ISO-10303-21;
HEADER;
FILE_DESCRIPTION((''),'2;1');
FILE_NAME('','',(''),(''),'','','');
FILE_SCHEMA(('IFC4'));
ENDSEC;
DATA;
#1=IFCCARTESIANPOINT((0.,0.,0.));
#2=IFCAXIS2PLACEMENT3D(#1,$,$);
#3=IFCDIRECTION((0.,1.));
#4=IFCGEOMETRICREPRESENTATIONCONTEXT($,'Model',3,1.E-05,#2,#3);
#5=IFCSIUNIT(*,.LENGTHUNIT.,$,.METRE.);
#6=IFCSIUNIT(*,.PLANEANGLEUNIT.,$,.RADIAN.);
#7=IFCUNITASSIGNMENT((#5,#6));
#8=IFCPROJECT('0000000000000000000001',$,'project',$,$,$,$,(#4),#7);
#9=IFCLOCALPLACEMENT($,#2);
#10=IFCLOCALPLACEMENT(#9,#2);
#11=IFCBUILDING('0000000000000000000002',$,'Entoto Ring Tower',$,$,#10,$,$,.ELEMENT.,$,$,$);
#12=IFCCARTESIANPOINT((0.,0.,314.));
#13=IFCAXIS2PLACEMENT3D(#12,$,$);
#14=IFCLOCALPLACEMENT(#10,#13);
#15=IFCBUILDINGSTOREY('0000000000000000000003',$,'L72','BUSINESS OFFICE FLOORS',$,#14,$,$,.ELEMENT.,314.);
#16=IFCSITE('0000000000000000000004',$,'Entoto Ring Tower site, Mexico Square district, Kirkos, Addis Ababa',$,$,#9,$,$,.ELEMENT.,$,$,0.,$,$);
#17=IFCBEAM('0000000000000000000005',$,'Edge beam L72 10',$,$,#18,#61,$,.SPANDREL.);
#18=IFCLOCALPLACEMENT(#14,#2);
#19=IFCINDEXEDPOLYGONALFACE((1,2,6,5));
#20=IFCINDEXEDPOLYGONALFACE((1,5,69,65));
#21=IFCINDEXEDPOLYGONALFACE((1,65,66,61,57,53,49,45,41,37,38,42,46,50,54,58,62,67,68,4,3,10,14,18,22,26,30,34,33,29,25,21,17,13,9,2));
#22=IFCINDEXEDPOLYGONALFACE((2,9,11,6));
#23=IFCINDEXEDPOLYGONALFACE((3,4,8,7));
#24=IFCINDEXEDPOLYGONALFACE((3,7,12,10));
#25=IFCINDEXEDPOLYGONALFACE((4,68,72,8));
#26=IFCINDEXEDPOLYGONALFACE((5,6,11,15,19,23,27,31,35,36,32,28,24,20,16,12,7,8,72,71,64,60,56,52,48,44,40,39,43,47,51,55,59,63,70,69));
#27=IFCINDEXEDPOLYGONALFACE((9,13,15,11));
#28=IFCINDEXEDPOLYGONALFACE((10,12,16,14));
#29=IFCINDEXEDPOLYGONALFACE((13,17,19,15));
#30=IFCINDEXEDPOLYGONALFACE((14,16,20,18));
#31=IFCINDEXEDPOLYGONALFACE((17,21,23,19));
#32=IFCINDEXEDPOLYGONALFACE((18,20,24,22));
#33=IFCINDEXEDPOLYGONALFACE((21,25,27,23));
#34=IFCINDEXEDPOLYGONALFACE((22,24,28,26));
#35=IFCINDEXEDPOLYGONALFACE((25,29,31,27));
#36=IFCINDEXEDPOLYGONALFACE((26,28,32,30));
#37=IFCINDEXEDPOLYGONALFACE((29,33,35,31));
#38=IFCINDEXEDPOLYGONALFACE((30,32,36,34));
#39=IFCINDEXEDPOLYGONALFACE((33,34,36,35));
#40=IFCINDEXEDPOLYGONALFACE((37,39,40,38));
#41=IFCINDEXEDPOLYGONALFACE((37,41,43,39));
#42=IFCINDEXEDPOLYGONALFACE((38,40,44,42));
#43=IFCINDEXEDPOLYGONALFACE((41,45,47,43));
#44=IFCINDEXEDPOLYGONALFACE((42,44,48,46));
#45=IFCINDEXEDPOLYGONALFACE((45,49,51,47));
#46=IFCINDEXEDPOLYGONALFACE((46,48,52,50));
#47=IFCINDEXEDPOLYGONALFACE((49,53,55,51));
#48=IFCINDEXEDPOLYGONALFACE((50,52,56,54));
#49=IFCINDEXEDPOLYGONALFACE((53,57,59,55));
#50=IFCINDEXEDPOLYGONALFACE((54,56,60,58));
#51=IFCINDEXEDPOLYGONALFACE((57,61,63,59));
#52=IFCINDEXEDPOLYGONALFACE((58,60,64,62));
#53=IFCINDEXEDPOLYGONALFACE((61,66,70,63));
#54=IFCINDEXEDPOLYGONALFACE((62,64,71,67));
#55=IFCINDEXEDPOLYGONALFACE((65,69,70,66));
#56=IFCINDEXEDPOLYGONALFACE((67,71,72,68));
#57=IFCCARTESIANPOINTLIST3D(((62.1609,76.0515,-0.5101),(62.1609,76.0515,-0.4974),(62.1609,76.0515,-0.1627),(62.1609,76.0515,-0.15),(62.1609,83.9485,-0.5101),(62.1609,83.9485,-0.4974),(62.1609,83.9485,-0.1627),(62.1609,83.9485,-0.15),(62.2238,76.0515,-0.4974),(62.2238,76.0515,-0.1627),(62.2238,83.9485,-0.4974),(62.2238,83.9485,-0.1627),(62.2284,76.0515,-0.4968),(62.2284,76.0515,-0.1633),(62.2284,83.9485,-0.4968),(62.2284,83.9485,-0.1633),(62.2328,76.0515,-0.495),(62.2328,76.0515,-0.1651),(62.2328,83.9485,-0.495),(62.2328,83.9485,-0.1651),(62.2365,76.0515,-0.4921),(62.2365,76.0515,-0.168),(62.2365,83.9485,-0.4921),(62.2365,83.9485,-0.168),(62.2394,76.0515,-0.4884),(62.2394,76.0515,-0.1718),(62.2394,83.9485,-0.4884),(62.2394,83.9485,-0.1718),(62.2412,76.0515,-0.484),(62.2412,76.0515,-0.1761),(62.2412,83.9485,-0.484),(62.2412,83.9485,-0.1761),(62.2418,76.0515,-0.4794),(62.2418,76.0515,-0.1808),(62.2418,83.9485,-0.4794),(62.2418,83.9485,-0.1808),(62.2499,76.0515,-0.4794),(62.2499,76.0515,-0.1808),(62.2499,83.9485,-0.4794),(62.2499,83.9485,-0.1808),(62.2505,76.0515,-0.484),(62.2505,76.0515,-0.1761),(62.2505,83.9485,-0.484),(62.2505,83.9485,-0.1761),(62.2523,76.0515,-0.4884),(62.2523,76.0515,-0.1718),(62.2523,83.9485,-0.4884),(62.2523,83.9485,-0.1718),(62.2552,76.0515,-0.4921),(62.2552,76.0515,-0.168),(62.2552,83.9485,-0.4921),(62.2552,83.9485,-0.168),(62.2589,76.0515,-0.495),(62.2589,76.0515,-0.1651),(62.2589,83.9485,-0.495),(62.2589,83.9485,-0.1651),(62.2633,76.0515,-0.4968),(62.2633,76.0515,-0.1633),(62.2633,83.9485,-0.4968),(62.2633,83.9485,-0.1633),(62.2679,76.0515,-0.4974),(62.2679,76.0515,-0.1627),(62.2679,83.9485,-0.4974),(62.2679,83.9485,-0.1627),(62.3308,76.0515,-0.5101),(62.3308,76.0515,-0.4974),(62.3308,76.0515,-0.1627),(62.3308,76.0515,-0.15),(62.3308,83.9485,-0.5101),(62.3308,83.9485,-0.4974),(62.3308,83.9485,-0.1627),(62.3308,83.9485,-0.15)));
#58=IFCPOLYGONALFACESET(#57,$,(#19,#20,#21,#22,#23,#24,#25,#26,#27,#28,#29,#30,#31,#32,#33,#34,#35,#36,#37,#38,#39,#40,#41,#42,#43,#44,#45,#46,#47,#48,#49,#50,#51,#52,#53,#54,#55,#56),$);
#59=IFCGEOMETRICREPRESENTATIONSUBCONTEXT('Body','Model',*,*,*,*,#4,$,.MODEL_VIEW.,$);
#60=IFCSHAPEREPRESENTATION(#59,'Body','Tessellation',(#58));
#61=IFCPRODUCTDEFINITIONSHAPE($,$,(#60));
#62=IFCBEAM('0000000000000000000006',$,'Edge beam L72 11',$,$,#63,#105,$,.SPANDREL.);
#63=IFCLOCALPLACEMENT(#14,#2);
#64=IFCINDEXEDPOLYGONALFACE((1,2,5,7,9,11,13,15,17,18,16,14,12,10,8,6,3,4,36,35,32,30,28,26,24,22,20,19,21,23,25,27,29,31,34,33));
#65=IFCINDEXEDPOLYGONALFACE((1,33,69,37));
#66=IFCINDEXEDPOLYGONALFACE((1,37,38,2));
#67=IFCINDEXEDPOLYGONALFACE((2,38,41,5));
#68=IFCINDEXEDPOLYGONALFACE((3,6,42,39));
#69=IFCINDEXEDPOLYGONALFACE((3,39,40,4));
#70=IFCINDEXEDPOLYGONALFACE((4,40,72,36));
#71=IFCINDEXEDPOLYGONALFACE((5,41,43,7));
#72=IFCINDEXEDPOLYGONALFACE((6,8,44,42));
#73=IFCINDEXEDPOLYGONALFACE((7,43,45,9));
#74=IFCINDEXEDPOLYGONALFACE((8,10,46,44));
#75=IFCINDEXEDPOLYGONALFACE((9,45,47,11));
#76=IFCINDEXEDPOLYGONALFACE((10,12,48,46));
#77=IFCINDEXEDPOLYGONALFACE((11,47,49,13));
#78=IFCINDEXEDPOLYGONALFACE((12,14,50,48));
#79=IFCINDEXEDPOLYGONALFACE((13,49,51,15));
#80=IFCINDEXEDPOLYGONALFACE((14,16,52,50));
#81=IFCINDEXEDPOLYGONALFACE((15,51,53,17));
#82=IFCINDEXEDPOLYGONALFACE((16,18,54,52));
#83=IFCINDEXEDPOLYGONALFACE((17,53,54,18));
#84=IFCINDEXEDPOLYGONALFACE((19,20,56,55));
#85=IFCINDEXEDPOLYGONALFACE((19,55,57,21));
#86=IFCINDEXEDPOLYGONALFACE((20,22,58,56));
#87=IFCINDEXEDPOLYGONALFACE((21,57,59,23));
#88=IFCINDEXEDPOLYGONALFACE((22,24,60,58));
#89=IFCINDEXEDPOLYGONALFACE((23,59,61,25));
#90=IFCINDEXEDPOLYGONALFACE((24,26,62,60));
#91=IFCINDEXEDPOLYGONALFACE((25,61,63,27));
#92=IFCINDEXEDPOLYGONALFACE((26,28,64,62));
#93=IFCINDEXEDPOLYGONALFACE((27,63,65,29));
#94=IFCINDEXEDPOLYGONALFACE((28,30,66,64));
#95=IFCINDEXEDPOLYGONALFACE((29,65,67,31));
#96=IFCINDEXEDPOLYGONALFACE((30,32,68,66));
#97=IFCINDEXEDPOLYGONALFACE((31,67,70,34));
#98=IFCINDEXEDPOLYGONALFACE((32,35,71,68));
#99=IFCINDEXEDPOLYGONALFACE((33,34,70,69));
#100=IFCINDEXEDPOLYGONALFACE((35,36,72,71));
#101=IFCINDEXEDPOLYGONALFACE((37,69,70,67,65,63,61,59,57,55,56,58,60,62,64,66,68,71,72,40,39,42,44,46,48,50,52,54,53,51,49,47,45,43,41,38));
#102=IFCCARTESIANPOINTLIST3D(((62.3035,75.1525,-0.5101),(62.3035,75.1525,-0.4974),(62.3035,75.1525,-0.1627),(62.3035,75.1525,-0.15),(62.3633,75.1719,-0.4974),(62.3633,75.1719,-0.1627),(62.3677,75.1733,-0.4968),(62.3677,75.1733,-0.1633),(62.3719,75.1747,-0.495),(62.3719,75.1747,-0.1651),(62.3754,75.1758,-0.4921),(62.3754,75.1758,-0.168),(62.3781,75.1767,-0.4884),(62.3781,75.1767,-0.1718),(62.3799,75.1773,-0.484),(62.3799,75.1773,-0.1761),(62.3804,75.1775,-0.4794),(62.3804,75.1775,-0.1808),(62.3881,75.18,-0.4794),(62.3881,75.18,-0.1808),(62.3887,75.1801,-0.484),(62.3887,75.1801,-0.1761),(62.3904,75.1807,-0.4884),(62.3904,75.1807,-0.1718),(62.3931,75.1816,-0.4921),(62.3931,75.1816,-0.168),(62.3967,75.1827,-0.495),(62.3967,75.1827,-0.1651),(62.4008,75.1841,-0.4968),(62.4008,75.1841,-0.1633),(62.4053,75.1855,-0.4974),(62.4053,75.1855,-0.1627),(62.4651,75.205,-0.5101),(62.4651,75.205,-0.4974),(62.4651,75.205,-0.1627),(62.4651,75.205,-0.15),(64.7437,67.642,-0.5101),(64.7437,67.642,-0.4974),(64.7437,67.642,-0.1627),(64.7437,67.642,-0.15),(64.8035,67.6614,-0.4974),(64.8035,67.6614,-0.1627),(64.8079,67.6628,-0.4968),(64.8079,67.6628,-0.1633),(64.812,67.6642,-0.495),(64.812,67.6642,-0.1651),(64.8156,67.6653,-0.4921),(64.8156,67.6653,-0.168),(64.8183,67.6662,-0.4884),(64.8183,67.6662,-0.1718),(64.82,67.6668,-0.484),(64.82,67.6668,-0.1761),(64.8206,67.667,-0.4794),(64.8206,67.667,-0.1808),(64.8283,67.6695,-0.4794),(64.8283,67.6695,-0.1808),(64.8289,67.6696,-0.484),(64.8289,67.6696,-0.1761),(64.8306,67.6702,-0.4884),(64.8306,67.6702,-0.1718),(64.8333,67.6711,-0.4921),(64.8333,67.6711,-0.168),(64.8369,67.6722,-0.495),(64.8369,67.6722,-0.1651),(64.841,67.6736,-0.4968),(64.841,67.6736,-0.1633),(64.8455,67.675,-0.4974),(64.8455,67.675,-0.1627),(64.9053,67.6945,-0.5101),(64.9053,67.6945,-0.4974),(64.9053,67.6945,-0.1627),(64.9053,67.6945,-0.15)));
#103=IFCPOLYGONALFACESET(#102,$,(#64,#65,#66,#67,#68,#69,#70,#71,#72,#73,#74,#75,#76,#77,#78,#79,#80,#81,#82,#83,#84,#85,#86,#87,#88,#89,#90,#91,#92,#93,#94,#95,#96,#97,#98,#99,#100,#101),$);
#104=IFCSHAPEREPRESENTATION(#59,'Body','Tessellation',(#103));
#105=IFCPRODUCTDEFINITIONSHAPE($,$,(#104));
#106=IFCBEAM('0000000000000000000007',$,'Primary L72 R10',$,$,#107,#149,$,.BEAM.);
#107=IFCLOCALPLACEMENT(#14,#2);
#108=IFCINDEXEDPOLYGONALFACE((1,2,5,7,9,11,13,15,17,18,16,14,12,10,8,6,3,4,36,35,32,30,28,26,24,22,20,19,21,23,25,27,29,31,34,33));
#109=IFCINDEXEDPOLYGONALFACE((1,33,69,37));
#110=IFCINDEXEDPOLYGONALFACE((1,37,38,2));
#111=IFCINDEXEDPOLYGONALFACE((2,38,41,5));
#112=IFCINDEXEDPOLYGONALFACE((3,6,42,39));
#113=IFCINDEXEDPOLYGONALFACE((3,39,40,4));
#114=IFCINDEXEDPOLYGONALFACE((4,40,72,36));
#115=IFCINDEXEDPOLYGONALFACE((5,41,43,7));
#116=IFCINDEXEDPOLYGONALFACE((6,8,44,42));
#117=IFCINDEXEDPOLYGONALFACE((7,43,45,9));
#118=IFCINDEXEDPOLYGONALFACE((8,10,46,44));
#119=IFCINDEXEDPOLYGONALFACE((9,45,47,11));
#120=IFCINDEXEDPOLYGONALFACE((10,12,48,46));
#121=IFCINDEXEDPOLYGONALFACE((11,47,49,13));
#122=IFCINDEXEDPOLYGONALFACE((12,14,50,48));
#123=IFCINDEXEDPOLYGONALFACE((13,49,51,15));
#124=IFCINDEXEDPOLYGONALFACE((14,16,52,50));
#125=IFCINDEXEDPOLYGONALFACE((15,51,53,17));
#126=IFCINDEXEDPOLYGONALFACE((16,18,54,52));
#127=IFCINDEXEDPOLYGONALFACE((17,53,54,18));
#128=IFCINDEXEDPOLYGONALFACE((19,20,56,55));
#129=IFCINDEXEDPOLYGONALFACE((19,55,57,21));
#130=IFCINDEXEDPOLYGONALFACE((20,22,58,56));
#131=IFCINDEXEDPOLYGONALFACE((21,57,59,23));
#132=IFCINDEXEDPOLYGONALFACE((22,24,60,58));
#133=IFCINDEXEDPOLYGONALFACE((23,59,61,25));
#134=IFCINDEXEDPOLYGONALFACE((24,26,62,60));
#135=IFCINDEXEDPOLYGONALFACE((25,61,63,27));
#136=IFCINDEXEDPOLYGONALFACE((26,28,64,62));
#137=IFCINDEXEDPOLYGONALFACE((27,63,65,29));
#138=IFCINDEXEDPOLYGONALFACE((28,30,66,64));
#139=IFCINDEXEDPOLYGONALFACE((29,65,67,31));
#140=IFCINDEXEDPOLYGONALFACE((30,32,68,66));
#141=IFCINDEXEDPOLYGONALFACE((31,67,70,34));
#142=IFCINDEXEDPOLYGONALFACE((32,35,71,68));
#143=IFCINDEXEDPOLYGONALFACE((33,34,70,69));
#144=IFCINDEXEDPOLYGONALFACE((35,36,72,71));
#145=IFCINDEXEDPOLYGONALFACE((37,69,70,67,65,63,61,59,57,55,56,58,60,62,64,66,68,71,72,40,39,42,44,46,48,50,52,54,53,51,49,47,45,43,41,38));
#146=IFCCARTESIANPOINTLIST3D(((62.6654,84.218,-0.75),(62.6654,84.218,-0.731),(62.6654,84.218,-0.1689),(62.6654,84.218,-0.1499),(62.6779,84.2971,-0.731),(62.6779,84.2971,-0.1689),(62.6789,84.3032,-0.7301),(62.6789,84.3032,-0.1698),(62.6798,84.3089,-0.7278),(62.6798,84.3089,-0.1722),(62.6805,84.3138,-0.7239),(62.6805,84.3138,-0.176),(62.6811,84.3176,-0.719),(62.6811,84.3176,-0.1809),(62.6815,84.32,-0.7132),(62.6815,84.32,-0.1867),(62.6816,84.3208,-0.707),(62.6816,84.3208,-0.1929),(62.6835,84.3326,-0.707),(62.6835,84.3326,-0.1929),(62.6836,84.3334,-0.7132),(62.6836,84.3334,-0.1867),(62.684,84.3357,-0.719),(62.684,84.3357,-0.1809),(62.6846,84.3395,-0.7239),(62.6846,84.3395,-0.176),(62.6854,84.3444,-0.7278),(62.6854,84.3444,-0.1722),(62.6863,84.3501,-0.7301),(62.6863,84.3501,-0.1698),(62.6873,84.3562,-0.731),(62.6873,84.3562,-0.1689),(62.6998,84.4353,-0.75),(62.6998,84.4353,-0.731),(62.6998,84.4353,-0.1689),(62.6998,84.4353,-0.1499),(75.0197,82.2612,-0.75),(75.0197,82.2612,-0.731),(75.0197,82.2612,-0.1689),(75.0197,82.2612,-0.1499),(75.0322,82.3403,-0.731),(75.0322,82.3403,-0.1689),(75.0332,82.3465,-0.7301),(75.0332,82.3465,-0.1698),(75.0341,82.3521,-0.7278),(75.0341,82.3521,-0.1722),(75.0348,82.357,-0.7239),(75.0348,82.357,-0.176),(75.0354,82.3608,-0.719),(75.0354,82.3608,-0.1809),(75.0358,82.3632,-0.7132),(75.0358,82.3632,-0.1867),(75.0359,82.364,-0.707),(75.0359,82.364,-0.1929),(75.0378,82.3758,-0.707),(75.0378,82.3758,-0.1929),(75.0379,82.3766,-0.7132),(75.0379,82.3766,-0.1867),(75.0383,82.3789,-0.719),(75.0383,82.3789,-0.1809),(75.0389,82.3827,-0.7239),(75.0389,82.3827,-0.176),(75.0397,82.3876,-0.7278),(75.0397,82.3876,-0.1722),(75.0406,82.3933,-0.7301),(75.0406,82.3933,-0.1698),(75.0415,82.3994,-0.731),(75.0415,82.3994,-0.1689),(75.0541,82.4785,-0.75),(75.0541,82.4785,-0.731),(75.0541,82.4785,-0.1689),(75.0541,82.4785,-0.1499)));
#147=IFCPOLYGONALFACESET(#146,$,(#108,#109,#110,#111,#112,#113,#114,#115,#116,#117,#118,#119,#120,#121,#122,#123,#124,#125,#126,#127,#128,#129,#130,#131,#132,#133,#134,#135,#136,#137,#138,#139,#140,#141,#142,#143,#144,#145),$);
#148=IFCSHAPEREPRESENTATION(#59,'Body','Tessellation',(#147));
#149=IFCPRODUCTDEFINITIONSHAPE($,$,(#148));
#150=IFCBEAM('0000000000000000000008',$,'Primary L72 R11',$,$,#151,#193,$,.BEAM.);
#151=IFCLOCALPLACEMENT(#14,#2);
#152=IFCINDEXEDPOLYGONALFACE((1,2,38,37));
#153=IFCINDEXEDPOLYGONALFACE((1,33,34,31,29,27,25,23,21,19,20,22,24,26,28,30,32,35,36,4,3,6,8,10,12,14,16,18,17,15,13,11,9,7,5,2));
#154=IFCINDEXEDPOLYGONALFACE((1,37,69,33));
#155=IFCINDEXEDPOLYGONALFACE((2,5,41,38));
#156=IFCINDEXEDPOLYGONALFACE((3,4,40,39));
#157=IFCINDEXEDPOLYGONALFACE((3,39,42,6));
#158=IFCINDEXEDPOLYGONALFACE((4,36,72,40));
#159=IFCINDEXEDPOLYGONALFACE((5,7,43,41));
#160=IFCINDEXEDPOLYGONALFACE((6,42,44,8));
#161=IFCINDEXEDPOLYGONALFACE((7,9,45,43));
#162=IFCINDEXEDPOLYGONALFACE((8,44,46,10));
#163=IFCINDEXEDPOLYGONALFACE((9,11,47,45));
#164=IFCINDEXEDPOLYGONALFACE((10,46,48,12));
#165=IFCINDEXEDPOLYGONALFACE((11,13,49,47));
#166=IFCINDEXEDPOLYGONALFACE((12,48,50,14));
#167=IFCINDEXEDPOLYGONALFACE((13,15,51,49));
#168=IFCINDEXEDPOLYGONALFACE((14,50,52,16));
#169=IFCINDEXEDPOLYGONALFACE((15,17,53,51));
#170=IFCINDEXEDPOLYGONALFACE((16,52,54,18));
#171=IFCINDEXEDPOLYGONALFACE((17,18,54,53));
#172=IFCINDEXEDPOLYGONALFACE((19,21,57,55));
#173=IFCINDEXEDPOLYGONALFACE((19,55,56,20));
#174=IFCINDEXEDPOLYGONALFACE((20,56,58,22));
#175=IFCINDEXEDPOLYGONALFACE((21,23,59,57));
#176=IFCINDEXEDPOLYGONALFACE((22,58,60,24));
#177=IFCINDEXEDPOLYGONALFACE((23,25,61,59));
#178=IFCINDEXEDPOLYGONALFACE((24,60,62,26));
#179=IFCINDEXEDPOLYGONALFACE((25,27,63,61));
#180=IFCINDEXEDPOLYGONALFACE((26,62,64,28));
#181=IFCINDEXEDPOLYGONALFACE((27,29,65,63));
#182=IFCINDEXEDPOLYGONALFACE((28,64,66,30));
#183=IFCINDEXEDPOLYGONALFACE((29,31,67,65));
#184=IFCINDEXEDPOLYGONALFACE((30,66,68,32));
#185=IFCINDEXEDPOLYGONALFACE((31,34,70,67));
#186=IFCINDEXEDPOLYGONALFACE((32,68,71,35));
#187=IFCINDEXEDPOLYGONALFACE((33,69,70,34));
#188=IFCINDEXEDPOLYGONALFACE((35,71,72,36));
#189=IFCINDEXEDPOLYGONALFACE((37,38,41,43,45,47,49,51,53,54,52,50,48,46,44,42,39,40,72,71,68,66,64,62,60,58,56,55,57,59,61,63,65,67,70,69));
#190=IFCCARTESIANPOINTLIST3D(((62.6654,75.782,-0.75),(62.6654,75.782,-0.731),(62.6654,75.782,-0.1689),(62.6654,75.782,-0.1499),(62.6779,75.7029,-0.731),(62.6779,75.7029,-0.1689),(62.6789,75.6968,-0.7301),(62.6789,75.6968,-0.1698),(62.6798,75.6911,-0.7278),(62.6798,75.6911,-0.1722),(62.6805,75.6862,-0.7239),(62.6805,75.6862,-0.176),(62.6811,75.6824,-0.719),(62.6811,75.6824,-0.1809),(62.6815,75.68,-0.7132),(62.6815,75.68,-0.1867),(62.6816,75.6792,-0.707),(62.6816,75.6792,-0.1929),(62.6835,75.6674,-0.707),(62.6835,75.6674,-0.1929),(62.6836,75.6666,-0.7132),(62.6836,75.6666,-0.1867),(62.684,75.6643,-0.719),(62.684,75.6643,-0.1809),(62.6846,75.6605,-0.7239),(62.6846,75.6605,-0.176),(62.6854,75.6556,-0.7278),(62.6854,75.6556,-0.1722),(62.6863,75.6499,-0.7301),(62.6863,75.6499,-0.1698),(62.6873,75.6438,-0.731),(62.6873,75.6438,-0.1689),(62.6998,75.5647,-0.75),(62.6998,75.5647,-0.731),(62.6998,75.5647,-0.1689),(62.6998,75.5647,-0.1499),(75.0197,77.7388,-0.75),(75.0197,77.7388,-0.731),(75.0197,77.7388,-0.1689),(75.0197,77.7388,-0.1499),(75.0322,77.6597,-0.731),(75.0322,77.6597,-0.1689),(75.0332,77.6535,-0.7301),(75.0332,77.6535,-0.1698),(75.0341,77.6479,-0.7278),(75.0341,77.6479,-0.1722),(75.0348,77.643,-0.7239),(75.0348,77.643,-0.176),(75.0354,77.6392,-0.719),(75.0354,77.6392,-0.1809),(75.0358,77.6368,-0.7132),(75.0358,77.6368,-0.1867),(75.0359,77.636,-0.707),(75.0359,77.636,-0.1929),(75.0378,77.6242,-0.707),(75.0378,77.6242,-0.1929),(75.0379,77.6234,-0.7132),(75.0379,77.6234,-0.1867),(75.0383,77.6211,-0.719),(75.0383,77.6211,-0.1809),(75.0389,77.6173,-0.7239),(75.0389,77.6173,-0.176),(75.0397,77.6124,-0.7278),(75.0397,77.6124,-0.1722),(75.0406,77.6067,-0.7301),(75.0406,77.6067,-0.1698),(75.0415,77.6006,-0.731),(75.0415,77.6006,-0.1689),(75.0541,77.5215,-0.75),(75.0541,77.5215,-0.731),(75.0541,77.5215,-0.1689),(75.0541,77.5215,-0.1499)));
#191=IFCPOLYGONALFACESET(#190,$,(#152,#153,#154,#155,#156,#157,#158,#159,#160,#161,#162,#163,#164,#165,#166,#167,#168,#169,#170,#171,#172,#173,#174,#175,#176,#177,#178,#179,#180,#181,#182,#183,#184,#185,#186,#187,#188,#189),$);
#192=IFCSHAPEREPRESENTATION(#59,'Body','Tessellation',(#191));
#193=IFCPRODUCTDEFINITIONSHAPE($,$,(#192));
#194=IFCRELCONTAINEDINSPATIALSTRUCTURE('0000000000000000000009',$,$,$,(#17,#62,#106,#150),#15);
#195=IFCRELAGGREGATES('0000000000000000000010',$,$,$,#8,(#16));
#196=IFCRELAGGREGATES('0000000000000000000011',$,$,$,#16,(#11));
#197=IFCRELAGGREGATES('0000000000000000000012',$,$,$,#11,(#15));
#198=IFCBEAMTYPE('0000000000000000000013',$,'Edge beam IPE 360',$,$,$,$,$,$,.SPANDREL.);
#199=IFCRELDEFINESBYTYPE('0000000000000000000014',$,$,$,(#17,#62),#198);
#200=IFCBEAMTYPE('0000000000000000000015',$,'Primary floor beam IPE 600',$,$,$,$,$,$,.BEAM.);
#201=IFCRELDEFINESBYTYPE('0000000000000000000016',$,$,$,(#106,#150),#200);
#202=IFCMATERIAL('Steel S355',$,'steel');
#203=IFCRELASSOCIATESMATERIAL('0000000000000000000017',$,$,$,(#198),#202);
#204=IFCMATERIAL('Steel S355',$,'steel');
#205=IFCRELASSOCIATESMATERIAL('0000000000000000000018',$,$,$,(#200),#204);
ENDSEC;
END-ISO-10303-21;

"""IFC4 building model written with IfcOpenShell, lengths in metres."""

from ifc_helpers import new_model, si_unit, direction, frame, origin, origin_2d, place, context, subcontext, project, spatial, i_section, extrude, material, material_profile, profile_set, type_object, element, save


model = new_model("IFC4")

# Units and contexts
model_context = context("Model", 3, precision=1e-05, world=origin(), true_north=direction((0.0, 1.0)))
body_context = subcontext(model_context, "Body", "Model", "MODEL_VIEW")
ifc_project = project(units=[si_unit("LENGTHUNIT", "METRE"), si_unit("PLANEANGLEUNIT", "RADIAN")], contexts=[model_context])

# Site, building, storey
site_placement = place(None, origin())
site = spatial("IfcSite", under=ifc_project, at=site_placement, Name="Entoto Ring Tower site, Mexico Square district, Kirkos, Addis Ababa", CompositionType="ELEMENT", RefElevation=0.0)
building_placement = place(site_placement, origin())
building = spatial("IfcBuilding", under=site, at=building_placement, Name="Entoto Ring Tower", CompositionType="ELEMENT")
storey_placement = place(building_placement, frame((0.0, 0.0, 314.0)))
storey = spatial("IfcBuildingStorey", under=building, at=storey_placement, Name="L72", Description="BUSINESS OFFICE FLOORS", CompositionType="ELEMENT", Elevation=314.0)

# Beams
ifc_material_1 = material(Name="Steel S355", Category="steel")
ifc_material_profile_1 = material_profile(ifc_material_1, i_section(OverallWidth=0.1699, OverallDepth=0.3601, WebThickness=0.0081, FlangeThickness=0.0127, FilletRadius=0.0181, at=origin_2d()), Name="IPE 360")
ifc_profile_set_1 = profile_set([ifc_material_profile_1], Name="Steel S355")
beam_type_1 = type_object("IfcBeamType", Name="Edge beam IPE 360", PredefinedType="SPANDREL", material=ifc_profile_set_1)
for number, where, z_axis, x_axis, name in (
    (1, (62.2458, 83.9485, -0.3301), (0.0, -1.0, 0.0), (1.0, 0.0, 0.0), "Edge beam L72 10"),
    (2, (62.3843, 75.1787, -0.3301), (0.309003, -0.951061, 0.0), (0.951061, 0.309003, 0.0), "Edge beam L72 11"),
):
    element("IfcBeam", number, at=place(storey_placement, frame(where, z_axis=z_axis, x_axis=x_axis)), inside=storey, type_object=beam_type_1, Name=name, PredefinedType="SPANDREL", context=body_context, shape_type="SweptSolid", body=[
        extrude(i_section(OverallWidth=0.1699, OverallDepth=0.3601, WebThickness=0.0081, FlangeThickness=0.0127, FilletRadius=0.0181, at=origin_2d()), origin(), (0.0, 0.0, 1.0), 7.897),
    ])
ifc_material_2 = material(Name="Steel S355", Category="steel")
ifc_material_profile_2 = material_profile(ifc_material_2, i_section(OverallWidth=0.22, OverallDepth=0.6001, WebThickness=0.012, FlangeThickness=0.019, FilletRadius=0.0239, at=origin_2d()), Name="IPE 600")
ifc_profile_set_2 = profile_set([ifc_material_profile_2], Name="Steel S355")
beam_type_2 = type_object("IfcBeamType", Name="Primary floor beam IPE 600", PredefinedType="BEAM", material=ifc_profile_set_2)
for number, where, z_axis, x_axis, name in (
    (3, (75.0369, 82.3699, -0.45), (-0.987688, 0.15644, 0.0), (-0.15644, -0.987688, 0.0), "Primary L72 R10"),
    (4, (75.0369, 77.6301, -0.45), (-0.987688, -0.15644, 0.0), (0.15644, -0.987688, 0.0), "Primary L72 R11"),
):
    element("IfcBeam", number, at=place(storey_placement, frame(where, z_axis=z_axis, x_axis=x_axis)), inside=storey, type_object=beam_type_2, Name=name, PredefinedType="BEAM", context=body_context, shape_type="SweptSolid", body=[
        extrude(i_section(OverallWidth=0.22, OverallDepth=0.6001, WebThickness=0.012, FlangeThickness=0.019, FilletRadius=0.0239, at=origin_2d()), origin(), (0.0, 0.0, 1.0), 12.5083),
    ])

save(model, "model.ifc")
